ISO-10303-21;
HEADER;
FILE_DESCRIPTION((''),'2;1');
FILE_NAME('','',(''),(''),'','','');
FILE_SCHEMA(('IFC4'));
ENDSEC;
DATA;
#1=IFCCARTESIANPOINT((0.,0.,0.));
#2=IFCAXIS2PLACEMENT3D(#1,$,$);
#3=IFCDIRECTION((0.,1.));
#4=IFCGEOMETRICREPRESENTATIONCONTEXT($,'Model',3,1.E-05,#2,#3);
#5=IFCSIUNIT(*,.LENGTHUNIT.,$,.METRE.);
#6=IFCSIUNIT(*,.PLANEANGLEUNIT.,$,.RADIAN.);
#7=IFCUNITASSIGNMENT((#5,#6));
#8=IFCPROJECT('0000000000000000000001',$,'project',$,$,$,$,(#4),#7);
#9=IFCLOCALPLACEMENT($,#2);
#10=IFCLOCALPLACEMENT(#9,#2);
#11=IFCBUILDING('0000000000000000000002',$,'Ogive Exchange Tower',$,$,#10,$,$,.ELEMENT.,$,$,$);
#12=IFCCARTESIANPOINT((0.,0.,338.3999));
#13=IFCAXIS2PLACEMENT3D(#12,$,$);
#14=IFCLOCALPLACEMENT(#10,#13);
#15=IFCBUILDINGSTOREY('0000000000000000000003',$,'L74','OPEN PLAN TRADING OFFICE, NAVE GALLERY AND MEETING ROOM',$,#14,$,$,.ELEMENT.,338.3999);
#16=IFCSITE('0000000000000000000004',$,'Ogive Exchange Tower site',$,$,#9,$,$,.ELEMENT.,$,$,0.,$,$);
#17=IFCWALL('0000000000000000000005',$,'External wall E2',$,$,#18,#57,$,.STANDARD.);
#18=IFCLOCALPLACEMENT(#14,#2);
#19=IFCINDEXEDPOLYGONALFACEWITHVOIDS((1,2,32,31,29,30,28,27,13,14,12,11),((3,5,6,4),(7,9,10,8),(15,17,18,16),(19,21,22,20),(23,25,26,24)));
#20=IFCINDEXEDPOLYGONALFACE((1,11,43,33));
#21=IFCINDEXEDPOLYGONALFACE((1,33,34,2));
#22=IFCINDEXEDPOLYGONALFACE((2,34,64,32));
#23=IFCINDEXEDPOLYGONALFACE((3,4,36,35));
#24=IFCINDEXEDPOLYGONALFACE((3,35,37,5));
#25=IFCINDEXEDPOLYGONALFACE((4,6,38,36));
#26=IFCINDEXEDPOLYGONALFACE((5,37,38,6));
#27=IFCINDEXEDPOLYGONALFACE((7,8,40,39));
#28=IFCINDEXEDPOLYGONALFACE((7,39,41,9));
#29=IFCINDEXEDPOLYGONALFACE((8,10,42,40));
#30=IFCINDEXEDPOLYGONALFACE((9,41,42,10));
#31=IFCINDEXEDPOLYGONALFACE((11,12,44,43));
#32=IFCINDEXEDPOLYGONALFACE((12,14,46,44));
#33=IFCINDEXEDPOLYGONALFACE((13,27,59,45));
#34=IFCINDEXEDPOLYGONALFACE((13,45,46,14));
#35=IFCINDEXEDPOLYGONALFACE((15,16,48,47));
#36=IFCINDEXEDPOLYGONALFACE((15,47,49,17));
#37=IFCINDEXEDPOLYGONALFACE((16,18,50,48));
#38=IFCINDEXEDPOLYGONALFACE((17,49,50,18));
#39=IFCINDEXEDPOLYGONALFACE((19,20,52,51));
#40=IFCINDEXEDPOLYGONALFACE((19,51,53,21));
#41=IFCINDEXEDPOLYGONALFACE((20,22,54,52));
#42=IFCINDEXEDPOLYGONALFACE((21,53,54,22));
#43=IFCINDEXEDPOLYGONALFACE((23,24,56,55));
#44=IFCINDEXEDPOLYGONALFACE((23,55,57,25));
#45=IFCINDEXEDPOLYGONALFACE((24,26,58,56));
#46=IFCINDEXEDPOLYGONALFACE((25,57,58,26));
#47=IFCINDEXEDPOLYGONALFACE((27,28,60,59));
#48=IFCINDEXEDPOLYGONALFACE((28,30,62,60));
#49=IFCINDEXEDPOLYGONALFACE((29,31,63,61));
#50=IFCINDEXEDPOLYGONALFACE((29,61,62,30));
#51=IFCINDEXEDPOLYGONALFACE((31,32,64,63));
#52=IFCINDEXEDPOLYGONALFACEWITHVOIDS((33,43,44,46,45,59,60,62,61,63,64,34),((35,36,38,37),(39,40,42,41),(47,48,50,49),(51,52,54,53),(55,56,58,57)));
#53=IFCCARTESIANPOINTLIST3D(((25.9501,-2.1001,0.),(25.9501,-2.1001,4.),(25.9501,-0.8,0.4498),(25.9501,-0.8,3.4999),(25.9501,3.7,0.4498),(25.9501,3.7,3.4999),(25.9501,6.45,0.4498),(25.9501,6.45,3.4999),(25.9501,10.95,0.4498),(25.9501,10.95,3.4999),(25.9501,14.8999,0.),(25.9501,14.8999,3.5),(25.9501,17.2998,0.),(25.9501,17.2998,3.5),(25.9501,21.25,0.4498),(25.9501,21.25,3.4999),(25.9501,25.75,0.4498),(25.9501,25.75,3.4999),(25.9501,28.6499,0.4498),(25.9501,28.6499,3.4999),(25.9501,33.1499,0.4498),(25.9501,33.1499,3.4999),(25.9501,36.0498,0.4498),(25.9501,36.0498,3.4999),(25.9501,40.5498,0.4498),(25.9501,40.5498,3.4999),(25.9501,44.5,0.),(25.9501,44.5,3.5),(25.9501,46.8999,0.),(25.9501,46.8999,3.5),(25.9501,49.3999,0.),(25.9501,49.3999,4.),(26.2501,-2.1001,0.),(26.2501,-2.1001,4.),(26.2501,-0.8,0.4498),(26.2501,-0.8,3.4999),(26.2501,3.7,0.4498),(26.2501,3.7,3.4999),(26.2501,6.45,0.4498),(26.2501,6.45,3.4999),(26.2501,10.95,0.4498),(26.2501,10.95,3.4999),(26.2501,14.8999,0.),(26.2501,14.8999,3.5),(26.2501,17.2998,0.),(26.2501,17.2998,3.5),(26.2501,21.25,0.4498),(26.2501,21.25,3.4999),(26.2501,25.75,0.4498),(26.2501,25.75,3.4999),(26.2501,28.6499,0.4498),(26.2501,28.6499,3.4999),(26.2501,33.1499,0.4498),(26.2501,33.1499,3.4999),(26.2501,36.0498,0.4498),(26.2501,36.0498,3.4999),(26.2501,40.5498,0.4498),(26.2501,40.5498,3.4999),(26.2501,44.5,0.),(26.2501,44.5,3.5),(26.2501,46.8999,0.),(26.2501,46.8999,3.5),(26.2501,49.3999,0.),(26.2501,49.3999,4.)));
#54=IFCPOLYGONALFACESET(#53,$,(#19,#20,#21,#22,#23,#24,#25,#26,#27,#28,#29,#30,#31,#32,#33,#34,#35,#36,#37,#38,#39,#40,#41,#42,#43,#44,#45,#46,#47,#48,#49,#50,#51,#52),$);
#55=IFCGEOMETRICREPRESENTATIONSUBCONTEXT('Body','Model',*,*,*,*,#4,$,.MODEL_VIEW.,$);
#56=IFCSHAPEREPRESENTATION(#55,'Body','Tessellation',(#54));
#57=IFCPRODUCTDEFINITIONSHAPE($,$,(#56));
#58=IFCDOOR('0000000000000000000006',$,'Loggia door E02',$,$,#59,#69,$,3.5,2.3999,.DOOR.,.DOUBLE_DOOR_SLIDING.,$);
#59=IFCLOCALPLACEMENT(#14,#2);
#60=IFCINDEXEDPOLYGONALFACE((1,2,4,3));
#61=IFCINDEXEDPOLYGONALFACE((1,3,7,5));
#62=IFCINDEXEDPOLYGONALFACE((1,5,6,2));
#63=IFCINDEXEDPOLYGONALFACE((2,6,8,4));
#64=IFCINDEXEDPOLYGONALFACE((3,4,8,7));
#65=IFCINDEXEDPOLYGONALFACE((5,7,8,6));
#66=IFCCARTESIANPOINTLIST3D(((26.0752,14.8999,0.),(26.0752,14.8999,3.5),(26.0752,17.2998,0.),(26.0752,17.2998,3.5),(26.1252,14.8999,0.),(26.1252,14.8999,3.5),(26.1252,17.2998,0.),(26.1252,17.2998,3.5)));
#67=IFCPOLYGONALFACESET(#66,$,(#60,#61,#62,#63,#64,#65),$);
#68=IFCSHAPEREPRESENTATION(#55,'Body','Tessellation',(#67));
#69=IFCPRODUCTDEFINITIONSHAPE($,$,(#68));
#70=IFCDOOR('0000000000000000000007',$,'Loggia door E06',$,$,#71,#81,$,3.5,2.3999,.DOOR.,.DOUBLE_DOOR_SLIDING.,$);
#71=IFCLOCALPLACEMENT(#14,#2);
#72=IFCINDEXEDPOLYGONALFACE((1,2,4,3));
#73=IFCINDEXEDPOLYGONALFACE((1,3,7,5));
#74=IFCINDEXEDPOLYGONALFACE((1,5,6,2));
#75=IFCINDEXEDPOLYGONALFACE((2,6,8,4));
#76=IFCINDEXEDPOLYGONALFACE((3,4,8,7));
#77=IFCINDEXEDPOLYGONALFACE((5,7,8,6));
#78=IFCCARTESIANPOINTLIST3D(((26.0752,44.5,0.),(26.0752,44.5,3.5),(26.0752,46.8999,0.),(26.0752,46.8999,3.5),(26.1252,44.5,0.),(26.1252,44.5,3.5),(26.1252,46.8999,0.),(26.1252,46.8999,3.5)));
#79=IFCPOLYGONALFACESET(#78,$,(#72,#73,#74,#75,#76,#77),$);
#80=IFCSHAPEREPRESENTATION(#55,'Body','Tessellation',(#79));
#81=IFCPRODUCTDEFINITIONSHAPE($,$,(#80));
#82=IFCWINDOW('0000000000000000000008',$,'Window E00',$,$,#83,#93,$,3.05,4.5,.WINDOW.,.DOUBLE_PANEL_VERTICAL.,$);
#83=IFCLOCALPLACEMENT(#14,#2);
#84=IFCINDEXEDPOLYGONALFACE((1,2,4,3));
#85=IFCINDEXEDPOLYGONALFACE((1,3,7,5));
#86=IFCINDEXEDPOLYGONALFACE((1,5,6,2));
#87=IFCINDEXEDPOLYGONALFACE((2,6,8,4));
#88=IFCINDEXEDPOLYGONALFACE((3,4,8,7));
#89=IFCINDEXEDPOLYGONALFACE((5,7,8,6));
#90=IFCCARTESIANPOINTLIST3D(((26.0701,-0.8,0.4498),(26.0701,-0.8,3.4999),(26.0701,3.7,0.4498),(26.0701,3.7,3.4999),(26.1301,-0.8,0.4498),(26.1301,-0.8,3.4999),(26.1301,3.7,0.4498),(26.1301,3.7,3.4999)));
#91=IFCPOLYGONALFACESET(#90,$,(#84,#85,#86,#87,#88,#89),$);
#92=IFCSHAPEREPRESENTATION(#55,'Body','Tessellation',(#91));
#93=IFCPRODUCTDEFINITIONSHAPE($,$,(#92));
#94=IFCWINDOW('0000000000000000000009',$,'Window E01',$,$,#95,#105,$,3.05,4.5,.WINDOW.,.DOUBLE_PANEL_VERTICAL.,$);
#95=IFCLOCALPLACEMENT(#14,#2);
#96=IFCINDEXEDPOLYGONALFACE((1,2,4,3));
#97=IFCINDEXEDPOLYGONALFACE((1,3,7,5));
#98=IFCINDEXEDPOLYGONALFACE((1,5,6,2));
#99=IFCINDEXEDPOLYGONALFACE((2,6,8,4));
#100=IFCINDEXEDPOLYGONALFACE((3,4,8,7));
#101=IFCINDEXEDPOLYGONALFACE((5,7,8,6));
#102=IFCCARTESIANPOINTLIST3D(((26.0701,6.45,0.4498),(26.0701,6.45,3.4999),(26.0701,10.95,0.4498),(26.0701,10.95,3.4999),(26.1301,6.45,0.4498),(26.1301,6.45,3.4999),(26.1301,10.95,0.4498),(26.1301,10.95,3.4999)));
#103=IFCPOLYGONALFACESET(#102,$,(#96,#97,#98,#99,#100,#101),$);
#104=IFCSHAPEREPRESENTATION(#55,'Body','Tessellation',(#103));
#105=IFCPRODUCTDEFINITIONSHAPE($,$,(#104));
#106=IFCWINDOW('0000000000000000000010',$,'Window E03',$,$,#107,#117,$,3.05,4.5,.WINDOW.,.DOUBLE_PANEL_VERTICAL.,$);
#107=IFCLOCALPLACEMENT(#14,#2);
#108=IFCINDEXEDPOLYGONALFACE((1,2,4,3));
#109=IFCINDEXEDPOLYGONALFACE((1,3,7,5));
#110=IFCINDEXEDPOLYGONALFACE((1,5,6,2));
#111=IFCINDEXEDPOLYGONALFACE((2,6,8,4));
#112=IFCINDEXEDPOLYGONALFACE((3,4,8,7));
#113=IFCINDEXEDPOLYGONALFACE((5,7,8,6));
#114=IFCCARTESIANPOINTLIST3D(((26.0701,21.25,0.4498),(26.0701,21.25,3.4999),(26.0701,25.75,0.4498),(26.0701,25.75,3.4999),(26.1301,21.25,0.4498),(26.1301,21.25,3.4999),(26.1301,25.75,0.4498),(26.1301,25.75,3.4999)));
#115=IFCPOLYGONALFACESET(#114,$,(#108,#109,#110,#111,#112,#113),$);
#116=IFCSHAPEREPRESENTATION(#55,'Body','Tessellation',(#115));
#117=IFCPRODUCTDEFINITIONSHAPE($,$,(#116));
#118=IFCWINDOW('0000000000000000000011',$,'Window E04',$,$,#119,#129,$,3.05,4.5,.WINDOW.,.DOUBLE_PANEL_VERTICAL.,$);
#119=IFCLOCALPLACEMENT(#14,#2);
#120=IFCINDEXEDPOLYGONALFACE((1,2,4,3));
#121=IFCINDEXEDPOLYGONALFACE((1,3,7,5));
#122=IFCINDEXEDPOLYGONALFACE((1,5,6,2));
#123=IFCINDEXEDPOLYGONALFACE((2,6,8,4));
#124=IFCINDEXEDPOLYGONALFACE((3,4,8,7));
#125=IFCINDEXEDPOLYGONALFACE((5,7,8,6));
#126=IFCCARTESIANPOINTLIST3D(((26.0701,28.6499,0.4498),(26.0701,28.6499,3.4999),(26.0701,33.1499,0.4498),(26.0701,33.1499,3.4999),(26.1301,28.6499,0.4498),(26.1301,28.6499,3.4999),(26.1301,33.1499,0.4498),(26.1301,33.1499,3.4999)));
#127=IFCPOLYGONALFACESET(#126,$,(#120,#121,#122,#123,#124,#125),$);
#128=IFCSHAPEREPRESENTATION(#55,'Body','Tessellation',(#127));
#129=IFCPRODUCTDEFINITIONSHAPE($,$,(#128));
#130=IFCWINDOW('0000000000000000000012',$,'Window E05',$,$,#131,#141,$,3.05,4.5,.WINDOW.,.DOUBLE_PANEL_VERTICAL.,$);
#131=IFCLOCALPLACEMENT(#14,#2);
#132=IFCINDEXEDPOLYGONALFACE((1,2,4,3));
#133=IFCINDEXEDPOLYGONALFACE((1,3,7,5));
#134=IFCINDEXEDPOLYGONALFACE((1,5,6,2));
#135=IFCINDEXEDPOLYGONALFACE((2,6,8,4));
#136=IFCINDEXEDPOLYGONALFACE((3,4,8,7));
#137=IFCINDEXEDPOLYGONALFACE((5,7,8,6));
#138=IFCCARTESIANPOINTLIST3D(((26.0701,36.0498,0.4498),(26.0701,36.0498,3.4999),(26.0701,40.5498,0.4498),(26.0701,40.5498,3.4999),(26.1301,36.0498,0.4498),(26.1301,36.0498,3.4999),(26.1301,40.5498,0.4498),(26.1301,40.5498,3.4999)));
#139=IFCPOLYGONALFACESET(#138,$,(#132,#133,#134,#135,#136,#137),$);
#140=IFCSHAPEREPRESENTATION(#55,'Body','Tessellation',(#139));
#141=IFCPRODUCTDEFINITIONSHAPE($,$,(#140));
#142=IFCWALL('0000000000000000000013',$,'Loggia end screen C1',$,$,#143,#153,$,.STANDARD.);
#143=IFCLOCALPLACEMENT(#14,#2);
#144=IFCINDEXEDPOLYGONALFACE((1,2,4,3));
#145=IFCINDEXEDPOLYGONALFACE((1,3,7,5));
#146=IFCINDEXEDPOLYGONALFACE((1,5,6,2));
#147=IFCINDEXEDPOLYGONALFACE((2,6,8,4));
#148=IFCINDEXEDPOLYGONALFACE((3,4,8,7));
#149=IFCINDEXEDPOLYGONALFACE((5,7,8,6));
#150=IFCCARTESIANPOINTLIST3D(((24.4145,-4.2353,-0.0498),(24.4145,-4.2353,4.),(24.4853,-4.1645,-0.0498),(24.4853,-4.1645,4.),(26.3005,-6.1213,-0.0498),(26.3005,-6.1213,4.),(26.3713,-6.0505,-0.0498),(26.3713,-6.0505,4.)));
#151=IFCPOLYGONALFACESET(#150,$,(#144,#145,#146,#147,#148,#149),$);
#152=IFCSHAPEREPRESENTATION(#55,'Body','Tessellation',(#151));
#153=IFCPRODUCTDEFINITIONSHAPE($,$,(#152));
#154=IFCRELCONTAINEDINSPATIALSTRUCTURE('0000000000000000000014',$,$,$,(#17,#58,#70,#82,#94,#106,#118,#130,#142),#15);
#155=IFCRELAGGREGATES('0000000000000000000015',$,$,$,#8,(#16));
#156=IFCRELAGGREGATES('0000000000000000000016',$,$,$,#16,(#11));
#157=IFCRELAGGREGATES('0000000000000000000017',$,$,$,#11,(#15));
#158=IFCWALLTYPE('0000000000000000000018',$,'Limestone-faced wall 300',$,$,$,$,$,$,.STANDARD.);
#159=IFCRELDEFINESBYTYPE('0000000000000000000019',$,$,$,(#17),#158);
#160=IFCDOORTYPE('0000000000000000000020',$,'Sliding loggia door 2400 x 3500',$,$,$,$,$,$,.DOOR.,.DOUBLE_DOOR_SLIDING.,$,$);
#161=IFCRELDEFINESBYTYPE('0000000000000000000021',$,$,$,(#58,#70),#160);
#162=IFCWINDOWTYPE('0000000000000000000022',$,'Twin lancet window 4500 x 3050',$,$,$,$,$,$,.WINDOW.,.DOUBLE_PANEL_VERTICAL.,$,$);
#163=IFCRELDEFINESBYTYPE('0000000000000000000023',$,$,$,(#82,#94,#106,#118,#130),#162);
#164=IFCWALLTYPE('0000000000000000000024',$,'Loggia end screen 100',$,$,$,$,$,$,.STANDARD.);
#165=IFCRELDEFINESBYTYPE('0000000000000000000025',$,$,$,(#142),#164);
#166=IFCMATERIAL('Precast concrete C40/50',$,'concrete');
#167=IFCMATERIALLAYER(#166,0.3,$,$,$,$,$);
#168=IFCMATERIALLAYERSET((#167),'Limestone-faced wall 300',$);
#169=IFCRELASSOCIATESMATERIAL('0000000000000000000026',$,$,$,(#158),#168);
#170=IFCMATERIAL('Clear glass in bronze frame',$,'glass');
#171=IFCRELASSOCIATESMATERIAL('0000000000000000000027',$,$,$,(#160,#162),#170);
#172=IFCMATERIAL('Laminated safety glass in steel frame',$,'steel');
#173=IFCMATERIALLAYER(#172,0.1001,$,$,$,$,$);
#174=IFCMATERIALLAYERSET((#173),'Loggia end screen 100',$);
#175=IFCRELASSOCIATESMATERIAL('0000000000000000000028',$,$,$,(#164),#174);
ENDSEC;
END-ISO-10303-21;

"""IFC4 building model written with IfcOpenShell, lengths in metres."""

from ifc_helpers import new_model, si_unit, direction, frame, frame_2d, origin, place, context, subcontext, project, spatial, rectangle, extrude, material, layer, layer_set, type_object, element, fill, save


model = new_model("IFC4")

# Units and contexts
model_context = context("Model", 3, precision=1e-05, world=origin(), true_north=direction((0.0, 1.0)))
body_context = subcontext(model_context, "Body", "Model", "MODEL_VIEW")
ifc_project = project(units=[si_unit("LENGTHUNIT", "METRE"), si_unit("PLANEANGLEUNIT", "RADIAN")], contexts=[model_context])

# Site, building, storey
site_placement = place(None, origin())
site = spatial("IfcSite", under=ifc_project, at=site_placement, Name="Ogive Exchange Tower site", CompositionType="ELEMENT", RefElevation=0.0)
building_placement = place(site_placement, origin())
building = spatial("IfcBuilding", under=site, at=building_placement, Name="Ogive Exchange Tower", CompositionType="ELEMENT")
storey_placement = place(building_placement, frame((0.0, 0.0, 338.3999)))
storey = spatial("IfcBuildingStorey", under=building, at=storey_placement, Name="L74", Description="OPEN PLAN TRADING OFFICE, NAVE GALLERY AND MEETING ROOM", CompositionType="ELEMENT", Elevation=338.3999)

# Wall, openings, doors, windows
ifc_material_1 = material(Name="Precast concrete C40/50", Category="concrete")
ifc_layer_1 = layer(ifc_material_1, 0.3)
ifc_layer_set_1 = layer_set([ifc_layer_1], Name="Limestone-faced wall 300")
wall_type_1 = type_object("IfcWallType", Name="Limestone-faced wall 300", PredefinedType="STANDARD", material=ifc_layer_set_1)
wall_1_placement = place(storey_placement, frame((26.1001, -2.1001, 0.0), z_axis=(0.0, 0.0, 1.0), x_axis=(0.0, 1.0, 0.0)))
wall_1 = element("IfcWall", 1, at=wall_1_placement, inside=storey, type_object=wall_type_1, Name="External wall E2", PredefinedType="STANDARD", context=body_context, shape_type="SweptSolid", body=[
    extrude(rectangle(XDim=51.5, YDim=0.3, at=frame_2d((25.75, 0.0))), origin(), (0.0, 0.0, 1.0), 4.0),
])
opening_1_placement = place(wall_1_placement, frame((1.3, 0.0, 0.45)))
opening_1 = element("IfcOpeningElement", 2, at=opening_1_placement, cuts=wall_1, PredefinedType="OPENING", context=body_context, shape_type="SweptSolid", body=[
    extrude(rectangle(XDim=4.5, YDim=3.05, at=frame_2d((2.25, 1.5249))), frame((0.0, 0.1599, 0.0), z_axis=(0.0, -1.0, 0.0), x_axis=(1.0, 0.0, 0.0)), (0.0, 0.0, 1.0), 0.3201),
])
opening_2_placement = place(wall_1_placement, frame((8.55, 0.0, 0.45)))
opening_2 = element("IfcOpeningElement", 3, at=opening_2_placement, cuts=wall_1, PredefinedType="OPENING", context=body_context, shape_type="SweptSolid", body=[
    extrude(rectangle(XDim=4.5, YDim=3.05, at=frame_2d((2.25, 1.5249))), frame((0.0, 0.1599, 0.0), z_axis=(0.0, -1.0, 0.0), x_axis=(1.0, 0.0, 0.0)), (0.0, 0.0, 1.0), 0.3201),
])
opening_3_placement = place(wall_1_placement, frame((17.0, 0.0, 0.0)))
opening_3 = element("IfcOpeningElement", 4, at=opening_3_placement, cuts=wall_1, PredefinedType="OPENING", context=body_context, shape_type="SweptSolid", body=[
    extrude(rectangle(XDim=2.3999, YDim=3.5, at=frame_2d((1.2, 1.75))), frame((0.0, 0.1599, 0.0), z_axis=(0.0, -1.0, 0.0), x_axis=(1.0, 0.0, 0.0)), (0.0, 0.0, 1.0), 0.3201),
])
opening_4_placement = place(wall_1_placement, frame((23.3501, 0.0, 0.45)))
opening_4 = element("IfcOpeningElement", 5, at=opening_4_placement, cuts=wall_1, PredefinedType="OPENING", context=body_context, shape_type="SweptSolid", body=[
    extrude(rectangle(XDim=4.5, YDim=3.05, at=frame_2d((2.25, 1.5249))), frame((0.0, 0.1599, 0.0), z_axis=(0.0, -1.0, 0.0), x_axis=(1.0, 0.0, 0.0)), (0.0, 0.0, 1.0), 0.3201),
])
opening_5_placement = place(wall_1_placement, frame((30.75, 0.0, 0.45)))
opening_5 = element("IfcOpeningElement", 6, at=opening_5_placement, cuts=wall_1, PredefinedType="OPENING", context=body_context, shape_type="SweptSolid", body=[
    extrude(rectangle(XDim=4.5, YDim=3.05, at=frame_2d((2.25, 1.5249))), frame((0.0, 0.1599, 0.0), z_axis=(0.0, -1.0, 0.0), x_axis=(1.0, 0.0, 0.0)), (0.0, 0.0, 1.0), 0.3201),
])
opening_6_placement = place(wall_1_placement, frame((38.1499, 0.0, 0.45)))
opening_6 = element("IfcOpeningElement", 7, at=opening_6_placement, cuts=wall_1, PredefinedType="OPENING", context=body_context, shape_type="SweptSolid", body=[
    extrude(rectangle(XDim=4.5, YDim=3.05, at=frame_2d((2.25, 1.5249))), frame((0.0, 0.1599, 0.0), z_axis=(0.0, -1.0, 0.0), x_axis=(1.0, 0.0, 0.0)), (0.0, 0.0, 1.0), 0.3201),
])
opening_7_placement = place(wall_1_placement, frame((46.6001, 0.0, 0.0)))
opening_7 = element("IfcOpeningElement", 8, at=opening_7_placement, cuts=wall_1, PredefinedType="OPENING", context=body_context, shape_type="SweptSolid", body=[
    extrude(rectangle(XDim=2.3999, YDim=3.5, at=frame_2d((1.2, 1.75))), frame((0.0, 0.1599, 0.0), z_axis=(0.0, -1.0, 0.0), x_axis=(1.0, 0.0, 0.0)), (0.0, 0.0, 1.0), 0.3201),
])
ifc_material_2 = material(Name="Clear glass in bronze frame", Category="glass")
door_type_1 = type_object("IfcDoorType", Name="Sliding loggia door 2400 x 3500", OperationType="DOUBLE_DOOR_SLIDING", PredefinedType="DOOR", material=ifc_material_2)
door_1_placement = place(opening_3_placement, origin())
door_1 = element("IfcDoor", 9, at=door_1_placement, inside=storey, type_object=door_type_1, Name="Loggia door E02", OperationType="DOUBLE_DOOR_SLIDING", OverallHeight=3.5, OverallWidth=2.3999, PredefinedType="DOOR", context=body_context, shape_type="SweptSolid", body=[
    extrude(rectangle(XDim=2.3999, YDim=3.5, at=frame_2d((1.2, 1.75))), frame((0.0, 0.0249, 0.0), z_axis=(0.0, -1.0, 0.0), x_axis=(1.0, 0.0, 0.0)), (0.0, 0.0, 1.0), 0.05),
])
fill(opening_3, door_1)
door_2_placement = place(opening_7_placement, origin())
door_2 = element("IfcDoor", 10, at=door_2_placement, inside=storey, type_object=door_type_1, Name="Loggia door E06", OperationType="DOUBLE_DOOR_SLIDING", OverallHeight=3.5, OverallWidth=2.3999, PredefinedType="DOOR", context=body_context, shape_type="SweptSolid", body=[
    extrude(rectangle(XDim=2.3999, YDim=3.5, at=frame_2d((1.2, 1.75))), frame((0.0, 0.0249, 0.0), z_axis=(0.0, -1.0, 0.0), x_axis=(1.0, 0.0, 0.0)), (0.0, 0.0, 1.0), 0.05),
])
fill(opening_7, door_2)
window_type = type_object("IfcWindowType", Name="Twin lancet window 4500 x 3050", PartitioningType="DOUBLE_PANEL_VERTICAL", PredefinedType="WINDOW", material=ifc_material_2)
window_1_placement = place(opening_1_placement, origin())
window_1 = element("IfcWindow", 11, at=window_1_placement, inside=storey, type_object=window_type, Name="Window E00", OverallHeight=3.05, OverallWidth=4.5, PartitioningType="DOUBLE_PANEL_VERTICAL", PredefinedType="WINDOW", context=body_context, shape_type="SweptSolid", body=[
    extrude(rectangle(XDim=4.5, YDim=3.05, at=frame_2d((2.25, 1.5249))), frame((0.0, 0.03, 0.0), z_axis=(0.0, -1.0, 0.0), x_axis=(1.0, 0.0, 0.0)), (0.0, 0.0, 1.0), 0.0601),
])
fill(opening_1, window_1)
window_2_placement = place(opening_2_placement, origin())
window_2 = element("IfcWindow", 12, at=window_2_placement, inside=storey, type_object=window_type, Name="Window E01", OverallHeight=3.05, OverallWidth=4.5, PartitioningType="DOUBLE_PANEL_VERTICAL", PredefinedType="WINDOW", context=body_context, shape_type="SweptSolid", body=[
    extrude(rectangle(XDim=4.5, YDim=3.05, at=frame_2d((2.25, 1.5249))), frame((0.0, 0.03, 0.0), z_axis=(0.0, -1.0, 0.0), x_axis=(1.0, 0.0, 0.0)), (0.0, 0.0, 1.0), 0.0601),
])
fill(opening_2, window_2)
window_3_placement = place(opening_4_placement, origin())
window_3 = element("IfcWindow", 13, at=window_3_placement, inside=storey, type_object=window_type, Name="Window E03", OverallHeight=3.05, OverallWidth=4.5, PartitioningType="DOUBLE_PANEL_VERTICAL", PredefinedType="WINDOW", context=body_context, shape_type="SweptSolid", body=[
    extrude(rectangle(XDim=4.5, YDim=3.05, at=frame_2d((2.25, 1.5249))), frame((0.0, 0.03, 0.0), z_axis=(0.0, -1.0, 0.0), x_axis=(1.0, 0.0, 0.0)), (0.0, 0.0, 1.0), 0.0601),
])
fill(opening_4, window_3)
window_4_placement = place(opening_5_placement, origin())
window_4 = element("IfcWindow", 14, at=window_4_placement, inside=storey, type_object=window_type, Name="Window E04", OverallHeight=3.05, OverallWidth=4.5, PartitioningType="DOUBLE_PANEL_VERTICAL", PredefinedType="WINDOW", context=body_context, shape_type="SweptSolid", body=[
    extrude(rectangle(XDim=4.5, YDim=3.05, at=frame_2d((2.25, 1.5249))), frame((0.0, 0.03, 0.0), z_axis=(0.0, -1.0, 0.0), x_axis=(1.0, 0.0, 0.0)), (0.0, 0.0, 1.0), 0.0601),
])
fill(opening_5, window_4)
window_5_placement = place(opening_6_placement, origin())
window_5 = element("IfcWindow", 15, at=window_5_placement, inside=storey, type_object=window_type, Name="Window E05", OverallHeight=3.05, OverallWidth=4.5, PartitioningType="DOUBLE_PANEL_VERTICAL", PredefinedType="WINDOW", context=body_context, shape_type="SweptSolid", body=[
    extrude(rectangle(XDim=4.5, YDim=3.05, at=frame_2d((2.25, 1.5249))), frame((0.0, 0.03, 0.0), z_axis=(0.0, -1.0, 0.0), x_axis=(1.0, 0.0, 0.0)), (0.0, 0.0, 1.0), 0.0601),
])
fill(opening_6, window_5)

# Wall
ifc_material_3 = material(Name="Laminated safety glass in steel frame", Category="steel")
ifc_layer_2 = layer(ifc_material_3, 0.1001)
ifc_layer_set_2 = layer_set([ifc_layer_2], Name="Loggia end screen 100")
wall_type_2 = type_object("IfcWallType", Name="Loggia end screen 100", PredefinedType="STANDARD", material=ifc_layer_set_2)
wall_2_placement = place(storey_placement, frame((24.45, -4.2, -0.0498), z_axis=(0.0, 0.0, 1.0), x_axis=(0.707107, -0.707107, 0.0)))
element("IfcWall", 16, at=wall_2_placement, inside=storey, type_object=wall_type_2, Name="Loggia end screen C1", PredefinedType="STANDARD", context=body_context, shape_type="SweptSolid", body=[
    extrude(rectangle(XDim=2.6672, YDim=0.1001, at=frame_2d((1.3335, 0.0))), origin(), (0.0, 0.0, 1.0), 4.0498),
])

save(model, "model.ifc")
